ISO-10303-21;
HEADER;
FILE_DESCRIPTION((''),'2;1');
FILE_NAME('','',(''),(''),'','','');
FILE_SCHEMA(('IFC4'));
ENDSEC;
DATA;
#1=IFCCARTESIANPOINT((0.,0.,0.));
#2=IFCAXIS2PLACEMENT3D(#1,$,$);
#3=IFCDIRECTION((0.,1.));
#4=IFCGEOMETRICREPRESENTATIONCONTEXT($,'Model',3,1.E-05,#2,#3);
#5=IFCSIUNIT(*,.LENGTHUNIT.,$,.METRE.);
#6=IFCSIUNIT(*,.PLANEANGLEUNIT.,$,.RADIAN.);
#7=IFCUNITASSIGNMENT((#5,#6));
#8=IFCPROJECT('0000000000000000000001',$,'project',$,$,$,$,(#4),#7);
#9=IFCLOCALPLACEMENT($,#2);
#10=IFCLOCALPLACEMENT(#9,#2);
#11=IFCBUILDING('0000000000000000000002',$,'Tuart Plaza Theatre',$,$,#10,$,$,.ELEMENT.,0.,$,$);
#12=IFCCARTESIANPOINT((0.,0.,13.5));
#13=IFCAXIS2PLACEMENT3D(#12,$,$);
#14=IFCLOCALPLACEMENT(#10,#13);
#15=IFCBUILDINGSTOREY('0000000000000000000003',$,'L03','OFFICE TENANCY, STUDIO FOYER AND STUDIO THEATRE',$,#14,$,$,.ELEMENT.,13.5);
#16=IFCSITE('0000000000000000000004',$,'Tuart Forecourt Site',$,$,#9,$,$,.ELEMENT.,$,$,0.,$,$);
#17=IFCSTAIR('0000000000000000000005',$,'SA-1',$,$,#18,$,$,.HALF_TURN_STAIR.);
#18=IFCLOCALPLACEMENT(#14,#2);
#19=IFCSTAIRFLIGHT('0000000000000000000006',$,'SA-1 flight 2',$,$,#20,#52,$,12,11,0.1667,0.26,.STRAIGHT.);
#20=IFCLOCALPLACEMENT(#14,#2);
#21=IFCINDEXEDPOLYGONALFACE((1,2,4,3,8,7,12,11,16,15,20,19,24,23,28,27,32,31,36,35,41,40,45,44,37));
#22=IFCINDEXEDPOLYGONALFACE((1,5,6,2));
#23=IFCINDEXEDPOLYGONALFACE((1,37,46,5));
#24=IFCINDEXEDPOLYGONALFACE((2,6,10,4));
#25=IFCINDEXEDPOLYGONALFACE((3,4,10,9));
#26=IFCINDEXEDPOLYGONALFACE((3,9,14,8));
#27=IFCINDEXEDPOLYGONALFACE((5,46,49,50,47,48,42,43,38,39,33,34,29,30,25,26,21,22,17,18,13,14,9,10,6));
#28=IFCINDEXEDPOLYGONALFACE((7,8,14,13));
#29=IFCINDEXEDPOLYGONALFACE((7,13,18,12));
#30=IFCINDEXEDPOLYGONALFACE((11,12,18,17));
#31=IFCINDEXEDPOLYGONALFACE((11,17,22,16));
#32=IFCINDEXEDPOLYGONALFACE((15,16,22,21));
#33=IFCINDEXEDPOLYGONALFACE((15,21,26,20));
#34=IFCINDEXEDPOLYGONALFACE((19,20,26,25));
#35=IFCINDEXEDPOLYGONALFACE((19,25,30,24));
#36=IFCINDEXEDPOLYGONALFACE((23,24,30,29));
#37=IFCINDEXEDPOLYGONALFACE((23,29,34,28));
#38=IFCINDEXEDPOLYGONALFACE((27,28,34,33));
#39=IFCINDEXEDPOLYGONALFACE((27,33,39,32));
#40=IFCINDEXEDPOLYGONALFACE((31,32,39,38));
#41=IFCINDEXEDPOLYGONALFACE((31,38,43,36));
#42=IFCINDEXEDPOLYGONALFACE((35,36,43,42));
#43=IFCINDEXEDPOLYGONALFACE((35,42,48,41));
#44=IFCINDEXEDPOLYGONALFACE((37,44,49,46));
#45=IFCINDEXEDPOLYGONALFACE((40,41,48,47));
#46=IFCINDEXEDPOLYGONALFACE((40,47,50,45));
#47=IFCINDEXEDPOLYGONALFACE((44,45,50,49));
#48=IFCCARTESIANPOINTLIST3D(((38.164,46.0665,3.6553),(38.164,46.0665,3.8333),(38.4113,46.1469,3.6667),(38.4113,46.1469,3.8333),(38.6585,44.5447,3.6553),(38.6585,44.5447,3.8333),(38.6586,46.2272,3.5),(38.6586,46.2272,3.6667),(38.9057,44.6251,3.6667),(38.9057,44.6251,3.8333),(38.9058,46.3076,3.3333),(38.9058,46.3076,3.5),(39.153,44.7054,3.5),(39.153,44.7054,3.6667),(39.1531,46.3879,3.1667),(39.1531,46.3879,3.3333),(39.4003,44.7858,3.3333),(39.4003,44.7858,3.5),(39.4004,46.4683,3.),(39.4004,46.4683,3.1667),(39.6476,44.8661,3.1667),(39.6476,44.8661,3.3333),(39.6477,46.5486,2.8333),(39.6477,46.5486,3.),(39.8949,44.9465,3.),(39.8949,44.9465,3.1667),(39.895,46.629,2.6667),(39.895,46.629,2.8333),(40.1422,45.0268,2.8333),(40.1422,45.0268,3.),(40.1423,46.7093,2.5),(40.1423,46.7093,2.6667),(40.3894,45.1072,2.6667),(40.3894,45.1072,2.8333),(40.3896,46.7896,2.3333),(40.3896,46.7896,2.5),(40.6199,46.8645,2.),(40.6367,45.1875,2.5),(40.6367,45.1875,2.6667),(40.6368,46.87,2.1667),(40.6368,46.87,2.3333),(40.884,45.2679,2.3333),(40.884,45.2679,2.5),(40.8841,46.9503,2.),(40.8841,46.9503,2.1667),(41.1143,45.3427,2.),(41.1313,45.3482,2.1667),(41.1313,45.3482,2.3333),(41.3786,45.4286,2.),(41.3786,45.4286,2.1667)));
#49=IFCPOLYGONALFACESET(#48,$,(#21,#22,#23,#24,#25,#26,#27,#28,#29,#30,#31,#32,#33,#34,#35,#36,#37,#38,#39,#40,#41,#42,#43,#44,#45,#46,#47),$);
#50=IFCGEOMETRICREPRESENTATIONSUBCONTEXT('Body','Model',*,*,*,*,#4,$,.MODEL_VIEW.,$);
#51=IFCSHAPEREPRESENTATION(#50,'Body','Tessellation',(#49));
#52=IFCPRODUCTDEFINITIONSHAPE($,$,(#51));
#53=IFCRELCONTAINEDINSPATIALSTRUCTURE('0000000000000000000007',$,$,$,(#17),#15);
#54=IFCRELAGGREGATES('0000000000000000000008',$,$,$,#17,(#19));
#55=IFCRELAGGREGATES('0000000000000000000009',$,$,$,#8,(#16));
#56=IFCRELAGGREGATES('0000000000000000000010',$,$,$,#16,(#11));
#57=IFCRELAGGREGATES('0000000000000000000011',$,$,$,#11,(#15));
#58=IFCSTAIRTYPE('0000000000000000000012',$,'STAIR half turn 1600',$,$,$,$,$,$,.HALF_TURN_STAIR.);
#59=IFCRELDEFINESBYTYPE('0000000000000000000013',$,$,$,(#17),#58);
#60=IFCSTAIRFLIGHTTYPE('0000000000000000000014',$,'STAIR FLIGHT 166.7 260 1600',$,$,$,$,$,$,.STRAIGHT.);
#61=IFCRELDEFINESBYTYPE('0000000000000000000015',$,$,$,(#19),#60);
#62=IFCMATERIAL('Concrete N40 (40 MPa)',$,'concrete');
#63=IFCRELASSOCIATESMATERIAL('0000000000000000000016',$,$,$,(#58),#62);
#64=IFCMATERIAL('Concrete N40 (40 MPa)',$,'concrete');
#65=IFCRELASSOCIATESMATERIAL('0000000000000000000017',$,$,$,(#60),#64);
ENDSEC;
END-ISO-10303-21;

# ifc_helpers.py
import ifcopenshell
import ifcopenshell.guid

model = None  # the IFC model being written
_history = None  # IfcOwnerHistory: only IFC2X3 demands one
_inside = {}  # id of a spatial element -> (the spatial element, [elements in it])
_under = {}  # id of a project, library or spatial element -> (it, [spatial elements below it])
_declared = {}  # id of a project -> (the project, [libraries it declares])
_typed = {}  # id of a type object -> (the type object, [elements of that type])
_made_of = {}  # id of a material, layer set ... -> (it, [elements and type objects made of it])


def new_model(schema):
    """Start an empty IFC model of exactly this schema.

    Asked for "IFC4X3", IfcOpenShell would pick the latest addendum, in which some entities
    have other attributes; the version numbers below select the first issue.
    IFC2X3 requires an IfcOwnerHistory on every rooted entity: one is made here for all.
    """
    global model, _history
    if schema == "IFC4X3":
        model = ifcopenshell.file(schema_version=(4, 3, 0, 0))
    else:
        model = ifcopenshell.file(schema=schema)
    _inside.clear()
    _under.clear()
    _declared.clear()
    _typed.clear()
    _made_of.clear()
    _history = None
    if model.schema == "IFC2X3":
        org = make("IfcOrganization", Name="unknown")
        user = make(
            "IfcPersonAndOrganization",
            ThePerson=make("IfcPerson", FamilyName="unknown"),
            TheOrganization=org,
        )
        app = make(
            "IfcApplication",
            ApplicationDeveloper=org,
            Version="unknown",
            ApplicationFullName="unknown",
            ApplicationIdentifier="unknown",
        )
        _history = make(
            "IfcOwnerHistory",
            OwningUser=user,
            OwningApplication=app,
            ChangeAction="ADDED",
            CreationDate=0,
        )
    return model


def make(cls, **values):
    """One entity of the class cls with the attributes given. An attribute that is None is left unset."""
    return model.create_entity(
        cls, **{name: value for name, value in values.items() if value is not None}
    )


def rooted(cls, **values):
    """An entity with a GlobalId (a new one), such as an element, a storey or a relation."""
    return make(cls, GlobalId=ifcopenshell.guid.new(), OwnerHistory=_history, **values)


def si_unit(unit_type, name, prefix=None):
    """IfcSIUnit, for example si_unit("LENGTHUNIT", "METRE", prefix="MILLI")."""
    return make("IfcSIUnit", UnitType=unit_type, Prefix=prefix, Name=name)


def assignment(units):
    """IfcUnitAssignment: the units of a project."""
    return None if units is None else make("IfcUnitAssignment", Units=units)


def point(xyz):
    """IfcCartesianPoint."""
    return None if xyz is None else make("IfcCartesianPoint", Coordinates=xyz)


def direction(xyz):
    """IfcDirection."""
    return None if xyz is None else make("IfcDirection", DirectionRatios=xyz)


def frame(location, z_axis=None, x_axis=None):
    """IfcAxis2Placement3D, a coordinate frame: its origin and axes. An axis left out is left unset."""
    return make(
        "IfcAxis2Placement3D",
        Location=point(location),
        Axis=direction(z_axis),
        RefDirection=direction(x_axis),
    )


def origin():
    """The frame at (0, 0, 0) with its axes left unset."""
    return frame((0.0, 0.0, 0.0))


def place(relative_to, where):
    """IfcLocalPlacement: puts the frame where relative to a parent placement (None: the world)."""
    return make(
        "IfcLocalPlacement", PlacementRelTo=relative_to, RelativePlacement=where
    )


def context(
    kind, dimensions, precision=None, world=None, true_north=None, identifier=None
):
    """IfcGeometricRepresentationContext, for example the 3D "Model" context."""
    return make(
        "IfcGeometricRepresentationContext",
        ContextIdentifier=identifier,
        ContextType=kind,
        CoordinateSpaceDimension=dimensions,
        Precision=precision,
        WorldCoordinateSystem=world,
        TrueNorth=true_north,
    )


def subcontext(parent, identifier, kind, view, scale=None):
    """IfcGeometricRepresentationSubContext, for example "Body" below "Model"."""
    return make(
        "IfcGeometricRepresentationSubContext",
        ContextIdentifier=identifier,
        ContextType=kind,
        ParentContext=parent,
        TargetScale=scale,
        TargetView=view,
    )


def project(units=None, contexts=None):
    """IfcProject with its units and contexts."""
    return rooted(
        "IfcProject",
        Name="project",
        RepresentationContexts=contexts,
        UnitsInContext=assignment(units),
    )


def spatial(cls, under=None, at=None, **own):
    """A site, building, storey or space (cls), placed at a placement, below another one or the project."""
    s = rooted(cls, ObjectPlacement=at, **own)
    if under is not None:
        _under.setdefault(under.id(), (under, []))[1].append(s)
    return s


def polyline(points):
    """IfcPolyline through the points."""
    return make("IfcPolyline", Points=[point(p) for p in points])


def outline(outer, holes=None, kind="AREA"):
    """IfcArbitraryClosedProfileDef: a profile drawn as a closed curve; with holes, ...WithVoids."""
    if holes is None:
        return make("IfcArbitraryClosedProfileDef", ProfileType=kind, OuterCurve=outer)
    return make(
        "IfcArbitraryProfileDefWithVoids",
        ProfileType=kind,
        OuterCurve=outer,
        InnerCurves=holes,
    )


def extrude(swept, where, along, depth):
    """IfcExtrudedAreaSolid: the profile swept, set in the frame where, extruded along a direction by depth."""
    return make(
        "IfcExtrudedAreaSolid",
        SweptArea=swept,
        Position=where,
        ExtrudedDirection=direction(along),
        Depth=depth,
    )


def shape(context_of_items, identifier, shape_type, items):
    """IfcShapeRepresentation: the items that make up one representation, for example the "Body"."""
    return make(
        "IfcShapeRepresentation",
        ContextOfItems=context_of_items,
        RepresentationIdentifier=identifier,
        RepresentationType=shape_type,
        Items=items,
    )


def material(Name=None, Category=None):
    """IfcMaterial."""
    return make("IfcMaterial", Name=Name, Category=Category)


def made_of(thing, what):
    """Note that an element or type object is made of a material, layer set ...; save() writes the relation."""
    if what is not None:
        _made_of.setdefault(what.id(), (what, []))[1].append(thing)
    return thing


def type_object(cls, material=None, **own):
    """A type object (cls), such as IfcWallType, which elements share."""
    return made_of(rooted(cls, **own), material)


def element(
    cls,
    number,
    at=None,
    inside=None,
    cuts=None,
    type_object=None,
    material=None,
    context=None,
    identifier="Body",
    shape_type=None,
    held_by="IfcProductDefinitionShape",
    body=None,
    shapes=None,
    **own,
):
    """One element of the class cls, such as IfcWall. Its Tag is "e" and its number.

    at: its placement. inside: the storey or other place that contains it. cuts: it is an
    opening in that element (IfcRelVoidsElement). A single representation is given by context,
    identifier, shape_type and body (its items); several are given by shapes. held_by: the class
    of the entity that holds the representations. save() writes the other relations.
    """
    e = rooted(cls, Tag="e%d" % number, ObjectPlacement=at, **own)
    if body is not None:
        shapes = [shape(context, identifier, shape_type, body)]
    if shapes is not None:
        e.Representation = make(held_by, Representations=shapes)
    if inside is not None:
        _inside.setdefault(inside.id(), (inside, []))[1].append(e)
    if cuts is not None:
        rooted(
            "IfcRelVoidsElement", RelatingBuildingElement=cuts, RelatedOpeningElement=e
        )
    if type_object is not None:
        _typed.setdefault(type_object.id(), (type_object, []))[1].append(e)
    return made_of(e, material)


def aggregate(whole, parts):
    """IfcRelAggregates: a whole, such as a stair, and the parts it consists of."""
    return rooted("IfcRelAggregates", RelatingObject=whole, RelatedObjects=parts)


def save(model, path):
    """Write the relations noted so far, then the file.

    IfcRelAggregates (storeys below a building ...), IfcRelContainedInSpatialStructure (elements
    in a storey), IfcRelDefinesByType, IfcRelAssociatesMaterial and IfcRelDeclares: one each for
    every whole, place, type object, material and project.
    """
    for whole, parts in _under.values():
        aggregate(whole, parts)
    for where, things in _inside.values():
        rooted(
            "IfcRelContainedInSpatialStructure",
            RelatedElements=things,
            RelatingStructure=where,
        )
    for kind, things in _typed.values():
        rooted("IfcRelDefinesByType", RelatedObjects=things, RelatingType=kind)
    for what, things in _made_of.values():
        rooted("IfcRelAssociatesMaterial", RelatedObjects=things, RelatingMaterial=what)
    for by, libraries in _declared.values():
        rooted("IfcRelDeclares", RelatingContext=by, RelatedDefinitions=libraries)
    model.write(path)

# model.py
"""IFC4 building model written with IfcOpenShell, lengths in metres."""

from ifc_helpers import new_model, si_unit, direction, frame, origin, place, context, subcontext, project, spatial, polyline, outline, extrude, material, type_object, element, aggregate, save


model = new_model("IFC4")

# Units and contexts
model_context = context("Model", 3, precision=1e-05, world=origin(), true_north=direction((0.0, 1.0)))
body_context = subcontext(model_context, "Body", "Model", "MODEL_VIEW")
ifc_project = project(units=[si_unit("LENGTHUNIT", "METRE"), si_unit("PLANEANGLEUNIT", "RADIAN")], contexts=[model_context])

# Site, building, storey
site_placement = place(None, origin())
site = spatial("IfcSite", under=ifc_project, at=site_placement, Name="Tuart Forecourt Site", CompositionType="ELEMENT", RefElevation=0.0)
building_placement = place(site_placement, origin())
building = spatial("IfcBuilding", under=site, at=building_placement, Name="Tuart Plaza Theatre", CompositionType="ELEMENT", ElevationOfRefHeight=0.0)
storey_placement = place(building_placement, frame((0.0, 0.0, 13.5)))
storey = spatial("IfcBuildingStorey", under=building, at=storey_placement, Name="L03", Description="OFFICE TENANCY, STUDIO FOYER AND STUDIO THEATRE", CompositionType="ELEMENT", Elevation=13.5)

# Stair, stair flight
ifc_material_1 = material(Name="Concrete N40 (40 MPa)", Category="concrete")
stair_type = type_object("IfcStairType", Name="STAIR half turn 1600", PredefinedType="HALF_TURN_STAIR", material=ifc_material_1)
stair_placement = place(storey_placement, origin())
stair = element("IfcStair", 1, at=stair_placement, inside=storey, type_object=stair_type, Name="SA-1", PredefinedType="HALF_TURN_STAIR")
ifc_material_2 = material(Name="Concrete N40 (40 MPa)", Category="concrete")
stair_flight_type = type_object("IfcStairFlightType", Name="STAIR FLIGHT 166.7 260 1600", PredefinedType="STRAIGHT", material=ifc_material_2)
stair_flight_placement = place(storey_placement, frame((41.1313, 46.1895, 2.0), z_axis=(0.0, 0.0, 1.0), x_axis=(-0.951057, -0.309017, 0.0)))
stair_flight = element("IfcStairFlight", 2, at=stair_flight_placement, type_object=stair_flight_type, Name="SA-1 flight 2", NumberOfRisers=12, NumberOfTreads=11, PredefinedType="STRAIGHT", RiserHeight=0.1667, TreadLength=0.26, context=body_context, shape_type="SweptSolid", body=[
    extrude(outline(polyline([(0.0, 0.0), (0.0, 0.1667), (0.26, 0.1667), (0.26, 0.3333), (0.52, 0.3333), (0.52, 0.5), (0.78, 0.5), (0.78, 0.6667), (1.04, 0.6667), (1.04, 0.8333), (1.3, 0.8333), (1.3, 1.0), (1.5601, 1.0), (1.5601, 1.1667), (1.8201, 1.1667), (1.8201, 1.3333), (2.0801, 1.3333), (2.0801, 1.5), (2.3401, 1.5), (2.3401, 1.6667), (2.6001, 1.6667), (2.6001, 1.8333), (2.8601, 1.8333), (2.8601, 2.0), (2.8601, 1.6553), (0.2778, 0.0), (0.0, 0.0)])), frame((0.0, 0.8, 0.0), z_axis=(0.0, -1.0, 0.0), x_axis=(1.0, 0.0, 0.0)), (0.0, 0.0, 1.0), 1.6001),
])
aggregate(stair, [stair_flight])

save(model, "model.ifc")
